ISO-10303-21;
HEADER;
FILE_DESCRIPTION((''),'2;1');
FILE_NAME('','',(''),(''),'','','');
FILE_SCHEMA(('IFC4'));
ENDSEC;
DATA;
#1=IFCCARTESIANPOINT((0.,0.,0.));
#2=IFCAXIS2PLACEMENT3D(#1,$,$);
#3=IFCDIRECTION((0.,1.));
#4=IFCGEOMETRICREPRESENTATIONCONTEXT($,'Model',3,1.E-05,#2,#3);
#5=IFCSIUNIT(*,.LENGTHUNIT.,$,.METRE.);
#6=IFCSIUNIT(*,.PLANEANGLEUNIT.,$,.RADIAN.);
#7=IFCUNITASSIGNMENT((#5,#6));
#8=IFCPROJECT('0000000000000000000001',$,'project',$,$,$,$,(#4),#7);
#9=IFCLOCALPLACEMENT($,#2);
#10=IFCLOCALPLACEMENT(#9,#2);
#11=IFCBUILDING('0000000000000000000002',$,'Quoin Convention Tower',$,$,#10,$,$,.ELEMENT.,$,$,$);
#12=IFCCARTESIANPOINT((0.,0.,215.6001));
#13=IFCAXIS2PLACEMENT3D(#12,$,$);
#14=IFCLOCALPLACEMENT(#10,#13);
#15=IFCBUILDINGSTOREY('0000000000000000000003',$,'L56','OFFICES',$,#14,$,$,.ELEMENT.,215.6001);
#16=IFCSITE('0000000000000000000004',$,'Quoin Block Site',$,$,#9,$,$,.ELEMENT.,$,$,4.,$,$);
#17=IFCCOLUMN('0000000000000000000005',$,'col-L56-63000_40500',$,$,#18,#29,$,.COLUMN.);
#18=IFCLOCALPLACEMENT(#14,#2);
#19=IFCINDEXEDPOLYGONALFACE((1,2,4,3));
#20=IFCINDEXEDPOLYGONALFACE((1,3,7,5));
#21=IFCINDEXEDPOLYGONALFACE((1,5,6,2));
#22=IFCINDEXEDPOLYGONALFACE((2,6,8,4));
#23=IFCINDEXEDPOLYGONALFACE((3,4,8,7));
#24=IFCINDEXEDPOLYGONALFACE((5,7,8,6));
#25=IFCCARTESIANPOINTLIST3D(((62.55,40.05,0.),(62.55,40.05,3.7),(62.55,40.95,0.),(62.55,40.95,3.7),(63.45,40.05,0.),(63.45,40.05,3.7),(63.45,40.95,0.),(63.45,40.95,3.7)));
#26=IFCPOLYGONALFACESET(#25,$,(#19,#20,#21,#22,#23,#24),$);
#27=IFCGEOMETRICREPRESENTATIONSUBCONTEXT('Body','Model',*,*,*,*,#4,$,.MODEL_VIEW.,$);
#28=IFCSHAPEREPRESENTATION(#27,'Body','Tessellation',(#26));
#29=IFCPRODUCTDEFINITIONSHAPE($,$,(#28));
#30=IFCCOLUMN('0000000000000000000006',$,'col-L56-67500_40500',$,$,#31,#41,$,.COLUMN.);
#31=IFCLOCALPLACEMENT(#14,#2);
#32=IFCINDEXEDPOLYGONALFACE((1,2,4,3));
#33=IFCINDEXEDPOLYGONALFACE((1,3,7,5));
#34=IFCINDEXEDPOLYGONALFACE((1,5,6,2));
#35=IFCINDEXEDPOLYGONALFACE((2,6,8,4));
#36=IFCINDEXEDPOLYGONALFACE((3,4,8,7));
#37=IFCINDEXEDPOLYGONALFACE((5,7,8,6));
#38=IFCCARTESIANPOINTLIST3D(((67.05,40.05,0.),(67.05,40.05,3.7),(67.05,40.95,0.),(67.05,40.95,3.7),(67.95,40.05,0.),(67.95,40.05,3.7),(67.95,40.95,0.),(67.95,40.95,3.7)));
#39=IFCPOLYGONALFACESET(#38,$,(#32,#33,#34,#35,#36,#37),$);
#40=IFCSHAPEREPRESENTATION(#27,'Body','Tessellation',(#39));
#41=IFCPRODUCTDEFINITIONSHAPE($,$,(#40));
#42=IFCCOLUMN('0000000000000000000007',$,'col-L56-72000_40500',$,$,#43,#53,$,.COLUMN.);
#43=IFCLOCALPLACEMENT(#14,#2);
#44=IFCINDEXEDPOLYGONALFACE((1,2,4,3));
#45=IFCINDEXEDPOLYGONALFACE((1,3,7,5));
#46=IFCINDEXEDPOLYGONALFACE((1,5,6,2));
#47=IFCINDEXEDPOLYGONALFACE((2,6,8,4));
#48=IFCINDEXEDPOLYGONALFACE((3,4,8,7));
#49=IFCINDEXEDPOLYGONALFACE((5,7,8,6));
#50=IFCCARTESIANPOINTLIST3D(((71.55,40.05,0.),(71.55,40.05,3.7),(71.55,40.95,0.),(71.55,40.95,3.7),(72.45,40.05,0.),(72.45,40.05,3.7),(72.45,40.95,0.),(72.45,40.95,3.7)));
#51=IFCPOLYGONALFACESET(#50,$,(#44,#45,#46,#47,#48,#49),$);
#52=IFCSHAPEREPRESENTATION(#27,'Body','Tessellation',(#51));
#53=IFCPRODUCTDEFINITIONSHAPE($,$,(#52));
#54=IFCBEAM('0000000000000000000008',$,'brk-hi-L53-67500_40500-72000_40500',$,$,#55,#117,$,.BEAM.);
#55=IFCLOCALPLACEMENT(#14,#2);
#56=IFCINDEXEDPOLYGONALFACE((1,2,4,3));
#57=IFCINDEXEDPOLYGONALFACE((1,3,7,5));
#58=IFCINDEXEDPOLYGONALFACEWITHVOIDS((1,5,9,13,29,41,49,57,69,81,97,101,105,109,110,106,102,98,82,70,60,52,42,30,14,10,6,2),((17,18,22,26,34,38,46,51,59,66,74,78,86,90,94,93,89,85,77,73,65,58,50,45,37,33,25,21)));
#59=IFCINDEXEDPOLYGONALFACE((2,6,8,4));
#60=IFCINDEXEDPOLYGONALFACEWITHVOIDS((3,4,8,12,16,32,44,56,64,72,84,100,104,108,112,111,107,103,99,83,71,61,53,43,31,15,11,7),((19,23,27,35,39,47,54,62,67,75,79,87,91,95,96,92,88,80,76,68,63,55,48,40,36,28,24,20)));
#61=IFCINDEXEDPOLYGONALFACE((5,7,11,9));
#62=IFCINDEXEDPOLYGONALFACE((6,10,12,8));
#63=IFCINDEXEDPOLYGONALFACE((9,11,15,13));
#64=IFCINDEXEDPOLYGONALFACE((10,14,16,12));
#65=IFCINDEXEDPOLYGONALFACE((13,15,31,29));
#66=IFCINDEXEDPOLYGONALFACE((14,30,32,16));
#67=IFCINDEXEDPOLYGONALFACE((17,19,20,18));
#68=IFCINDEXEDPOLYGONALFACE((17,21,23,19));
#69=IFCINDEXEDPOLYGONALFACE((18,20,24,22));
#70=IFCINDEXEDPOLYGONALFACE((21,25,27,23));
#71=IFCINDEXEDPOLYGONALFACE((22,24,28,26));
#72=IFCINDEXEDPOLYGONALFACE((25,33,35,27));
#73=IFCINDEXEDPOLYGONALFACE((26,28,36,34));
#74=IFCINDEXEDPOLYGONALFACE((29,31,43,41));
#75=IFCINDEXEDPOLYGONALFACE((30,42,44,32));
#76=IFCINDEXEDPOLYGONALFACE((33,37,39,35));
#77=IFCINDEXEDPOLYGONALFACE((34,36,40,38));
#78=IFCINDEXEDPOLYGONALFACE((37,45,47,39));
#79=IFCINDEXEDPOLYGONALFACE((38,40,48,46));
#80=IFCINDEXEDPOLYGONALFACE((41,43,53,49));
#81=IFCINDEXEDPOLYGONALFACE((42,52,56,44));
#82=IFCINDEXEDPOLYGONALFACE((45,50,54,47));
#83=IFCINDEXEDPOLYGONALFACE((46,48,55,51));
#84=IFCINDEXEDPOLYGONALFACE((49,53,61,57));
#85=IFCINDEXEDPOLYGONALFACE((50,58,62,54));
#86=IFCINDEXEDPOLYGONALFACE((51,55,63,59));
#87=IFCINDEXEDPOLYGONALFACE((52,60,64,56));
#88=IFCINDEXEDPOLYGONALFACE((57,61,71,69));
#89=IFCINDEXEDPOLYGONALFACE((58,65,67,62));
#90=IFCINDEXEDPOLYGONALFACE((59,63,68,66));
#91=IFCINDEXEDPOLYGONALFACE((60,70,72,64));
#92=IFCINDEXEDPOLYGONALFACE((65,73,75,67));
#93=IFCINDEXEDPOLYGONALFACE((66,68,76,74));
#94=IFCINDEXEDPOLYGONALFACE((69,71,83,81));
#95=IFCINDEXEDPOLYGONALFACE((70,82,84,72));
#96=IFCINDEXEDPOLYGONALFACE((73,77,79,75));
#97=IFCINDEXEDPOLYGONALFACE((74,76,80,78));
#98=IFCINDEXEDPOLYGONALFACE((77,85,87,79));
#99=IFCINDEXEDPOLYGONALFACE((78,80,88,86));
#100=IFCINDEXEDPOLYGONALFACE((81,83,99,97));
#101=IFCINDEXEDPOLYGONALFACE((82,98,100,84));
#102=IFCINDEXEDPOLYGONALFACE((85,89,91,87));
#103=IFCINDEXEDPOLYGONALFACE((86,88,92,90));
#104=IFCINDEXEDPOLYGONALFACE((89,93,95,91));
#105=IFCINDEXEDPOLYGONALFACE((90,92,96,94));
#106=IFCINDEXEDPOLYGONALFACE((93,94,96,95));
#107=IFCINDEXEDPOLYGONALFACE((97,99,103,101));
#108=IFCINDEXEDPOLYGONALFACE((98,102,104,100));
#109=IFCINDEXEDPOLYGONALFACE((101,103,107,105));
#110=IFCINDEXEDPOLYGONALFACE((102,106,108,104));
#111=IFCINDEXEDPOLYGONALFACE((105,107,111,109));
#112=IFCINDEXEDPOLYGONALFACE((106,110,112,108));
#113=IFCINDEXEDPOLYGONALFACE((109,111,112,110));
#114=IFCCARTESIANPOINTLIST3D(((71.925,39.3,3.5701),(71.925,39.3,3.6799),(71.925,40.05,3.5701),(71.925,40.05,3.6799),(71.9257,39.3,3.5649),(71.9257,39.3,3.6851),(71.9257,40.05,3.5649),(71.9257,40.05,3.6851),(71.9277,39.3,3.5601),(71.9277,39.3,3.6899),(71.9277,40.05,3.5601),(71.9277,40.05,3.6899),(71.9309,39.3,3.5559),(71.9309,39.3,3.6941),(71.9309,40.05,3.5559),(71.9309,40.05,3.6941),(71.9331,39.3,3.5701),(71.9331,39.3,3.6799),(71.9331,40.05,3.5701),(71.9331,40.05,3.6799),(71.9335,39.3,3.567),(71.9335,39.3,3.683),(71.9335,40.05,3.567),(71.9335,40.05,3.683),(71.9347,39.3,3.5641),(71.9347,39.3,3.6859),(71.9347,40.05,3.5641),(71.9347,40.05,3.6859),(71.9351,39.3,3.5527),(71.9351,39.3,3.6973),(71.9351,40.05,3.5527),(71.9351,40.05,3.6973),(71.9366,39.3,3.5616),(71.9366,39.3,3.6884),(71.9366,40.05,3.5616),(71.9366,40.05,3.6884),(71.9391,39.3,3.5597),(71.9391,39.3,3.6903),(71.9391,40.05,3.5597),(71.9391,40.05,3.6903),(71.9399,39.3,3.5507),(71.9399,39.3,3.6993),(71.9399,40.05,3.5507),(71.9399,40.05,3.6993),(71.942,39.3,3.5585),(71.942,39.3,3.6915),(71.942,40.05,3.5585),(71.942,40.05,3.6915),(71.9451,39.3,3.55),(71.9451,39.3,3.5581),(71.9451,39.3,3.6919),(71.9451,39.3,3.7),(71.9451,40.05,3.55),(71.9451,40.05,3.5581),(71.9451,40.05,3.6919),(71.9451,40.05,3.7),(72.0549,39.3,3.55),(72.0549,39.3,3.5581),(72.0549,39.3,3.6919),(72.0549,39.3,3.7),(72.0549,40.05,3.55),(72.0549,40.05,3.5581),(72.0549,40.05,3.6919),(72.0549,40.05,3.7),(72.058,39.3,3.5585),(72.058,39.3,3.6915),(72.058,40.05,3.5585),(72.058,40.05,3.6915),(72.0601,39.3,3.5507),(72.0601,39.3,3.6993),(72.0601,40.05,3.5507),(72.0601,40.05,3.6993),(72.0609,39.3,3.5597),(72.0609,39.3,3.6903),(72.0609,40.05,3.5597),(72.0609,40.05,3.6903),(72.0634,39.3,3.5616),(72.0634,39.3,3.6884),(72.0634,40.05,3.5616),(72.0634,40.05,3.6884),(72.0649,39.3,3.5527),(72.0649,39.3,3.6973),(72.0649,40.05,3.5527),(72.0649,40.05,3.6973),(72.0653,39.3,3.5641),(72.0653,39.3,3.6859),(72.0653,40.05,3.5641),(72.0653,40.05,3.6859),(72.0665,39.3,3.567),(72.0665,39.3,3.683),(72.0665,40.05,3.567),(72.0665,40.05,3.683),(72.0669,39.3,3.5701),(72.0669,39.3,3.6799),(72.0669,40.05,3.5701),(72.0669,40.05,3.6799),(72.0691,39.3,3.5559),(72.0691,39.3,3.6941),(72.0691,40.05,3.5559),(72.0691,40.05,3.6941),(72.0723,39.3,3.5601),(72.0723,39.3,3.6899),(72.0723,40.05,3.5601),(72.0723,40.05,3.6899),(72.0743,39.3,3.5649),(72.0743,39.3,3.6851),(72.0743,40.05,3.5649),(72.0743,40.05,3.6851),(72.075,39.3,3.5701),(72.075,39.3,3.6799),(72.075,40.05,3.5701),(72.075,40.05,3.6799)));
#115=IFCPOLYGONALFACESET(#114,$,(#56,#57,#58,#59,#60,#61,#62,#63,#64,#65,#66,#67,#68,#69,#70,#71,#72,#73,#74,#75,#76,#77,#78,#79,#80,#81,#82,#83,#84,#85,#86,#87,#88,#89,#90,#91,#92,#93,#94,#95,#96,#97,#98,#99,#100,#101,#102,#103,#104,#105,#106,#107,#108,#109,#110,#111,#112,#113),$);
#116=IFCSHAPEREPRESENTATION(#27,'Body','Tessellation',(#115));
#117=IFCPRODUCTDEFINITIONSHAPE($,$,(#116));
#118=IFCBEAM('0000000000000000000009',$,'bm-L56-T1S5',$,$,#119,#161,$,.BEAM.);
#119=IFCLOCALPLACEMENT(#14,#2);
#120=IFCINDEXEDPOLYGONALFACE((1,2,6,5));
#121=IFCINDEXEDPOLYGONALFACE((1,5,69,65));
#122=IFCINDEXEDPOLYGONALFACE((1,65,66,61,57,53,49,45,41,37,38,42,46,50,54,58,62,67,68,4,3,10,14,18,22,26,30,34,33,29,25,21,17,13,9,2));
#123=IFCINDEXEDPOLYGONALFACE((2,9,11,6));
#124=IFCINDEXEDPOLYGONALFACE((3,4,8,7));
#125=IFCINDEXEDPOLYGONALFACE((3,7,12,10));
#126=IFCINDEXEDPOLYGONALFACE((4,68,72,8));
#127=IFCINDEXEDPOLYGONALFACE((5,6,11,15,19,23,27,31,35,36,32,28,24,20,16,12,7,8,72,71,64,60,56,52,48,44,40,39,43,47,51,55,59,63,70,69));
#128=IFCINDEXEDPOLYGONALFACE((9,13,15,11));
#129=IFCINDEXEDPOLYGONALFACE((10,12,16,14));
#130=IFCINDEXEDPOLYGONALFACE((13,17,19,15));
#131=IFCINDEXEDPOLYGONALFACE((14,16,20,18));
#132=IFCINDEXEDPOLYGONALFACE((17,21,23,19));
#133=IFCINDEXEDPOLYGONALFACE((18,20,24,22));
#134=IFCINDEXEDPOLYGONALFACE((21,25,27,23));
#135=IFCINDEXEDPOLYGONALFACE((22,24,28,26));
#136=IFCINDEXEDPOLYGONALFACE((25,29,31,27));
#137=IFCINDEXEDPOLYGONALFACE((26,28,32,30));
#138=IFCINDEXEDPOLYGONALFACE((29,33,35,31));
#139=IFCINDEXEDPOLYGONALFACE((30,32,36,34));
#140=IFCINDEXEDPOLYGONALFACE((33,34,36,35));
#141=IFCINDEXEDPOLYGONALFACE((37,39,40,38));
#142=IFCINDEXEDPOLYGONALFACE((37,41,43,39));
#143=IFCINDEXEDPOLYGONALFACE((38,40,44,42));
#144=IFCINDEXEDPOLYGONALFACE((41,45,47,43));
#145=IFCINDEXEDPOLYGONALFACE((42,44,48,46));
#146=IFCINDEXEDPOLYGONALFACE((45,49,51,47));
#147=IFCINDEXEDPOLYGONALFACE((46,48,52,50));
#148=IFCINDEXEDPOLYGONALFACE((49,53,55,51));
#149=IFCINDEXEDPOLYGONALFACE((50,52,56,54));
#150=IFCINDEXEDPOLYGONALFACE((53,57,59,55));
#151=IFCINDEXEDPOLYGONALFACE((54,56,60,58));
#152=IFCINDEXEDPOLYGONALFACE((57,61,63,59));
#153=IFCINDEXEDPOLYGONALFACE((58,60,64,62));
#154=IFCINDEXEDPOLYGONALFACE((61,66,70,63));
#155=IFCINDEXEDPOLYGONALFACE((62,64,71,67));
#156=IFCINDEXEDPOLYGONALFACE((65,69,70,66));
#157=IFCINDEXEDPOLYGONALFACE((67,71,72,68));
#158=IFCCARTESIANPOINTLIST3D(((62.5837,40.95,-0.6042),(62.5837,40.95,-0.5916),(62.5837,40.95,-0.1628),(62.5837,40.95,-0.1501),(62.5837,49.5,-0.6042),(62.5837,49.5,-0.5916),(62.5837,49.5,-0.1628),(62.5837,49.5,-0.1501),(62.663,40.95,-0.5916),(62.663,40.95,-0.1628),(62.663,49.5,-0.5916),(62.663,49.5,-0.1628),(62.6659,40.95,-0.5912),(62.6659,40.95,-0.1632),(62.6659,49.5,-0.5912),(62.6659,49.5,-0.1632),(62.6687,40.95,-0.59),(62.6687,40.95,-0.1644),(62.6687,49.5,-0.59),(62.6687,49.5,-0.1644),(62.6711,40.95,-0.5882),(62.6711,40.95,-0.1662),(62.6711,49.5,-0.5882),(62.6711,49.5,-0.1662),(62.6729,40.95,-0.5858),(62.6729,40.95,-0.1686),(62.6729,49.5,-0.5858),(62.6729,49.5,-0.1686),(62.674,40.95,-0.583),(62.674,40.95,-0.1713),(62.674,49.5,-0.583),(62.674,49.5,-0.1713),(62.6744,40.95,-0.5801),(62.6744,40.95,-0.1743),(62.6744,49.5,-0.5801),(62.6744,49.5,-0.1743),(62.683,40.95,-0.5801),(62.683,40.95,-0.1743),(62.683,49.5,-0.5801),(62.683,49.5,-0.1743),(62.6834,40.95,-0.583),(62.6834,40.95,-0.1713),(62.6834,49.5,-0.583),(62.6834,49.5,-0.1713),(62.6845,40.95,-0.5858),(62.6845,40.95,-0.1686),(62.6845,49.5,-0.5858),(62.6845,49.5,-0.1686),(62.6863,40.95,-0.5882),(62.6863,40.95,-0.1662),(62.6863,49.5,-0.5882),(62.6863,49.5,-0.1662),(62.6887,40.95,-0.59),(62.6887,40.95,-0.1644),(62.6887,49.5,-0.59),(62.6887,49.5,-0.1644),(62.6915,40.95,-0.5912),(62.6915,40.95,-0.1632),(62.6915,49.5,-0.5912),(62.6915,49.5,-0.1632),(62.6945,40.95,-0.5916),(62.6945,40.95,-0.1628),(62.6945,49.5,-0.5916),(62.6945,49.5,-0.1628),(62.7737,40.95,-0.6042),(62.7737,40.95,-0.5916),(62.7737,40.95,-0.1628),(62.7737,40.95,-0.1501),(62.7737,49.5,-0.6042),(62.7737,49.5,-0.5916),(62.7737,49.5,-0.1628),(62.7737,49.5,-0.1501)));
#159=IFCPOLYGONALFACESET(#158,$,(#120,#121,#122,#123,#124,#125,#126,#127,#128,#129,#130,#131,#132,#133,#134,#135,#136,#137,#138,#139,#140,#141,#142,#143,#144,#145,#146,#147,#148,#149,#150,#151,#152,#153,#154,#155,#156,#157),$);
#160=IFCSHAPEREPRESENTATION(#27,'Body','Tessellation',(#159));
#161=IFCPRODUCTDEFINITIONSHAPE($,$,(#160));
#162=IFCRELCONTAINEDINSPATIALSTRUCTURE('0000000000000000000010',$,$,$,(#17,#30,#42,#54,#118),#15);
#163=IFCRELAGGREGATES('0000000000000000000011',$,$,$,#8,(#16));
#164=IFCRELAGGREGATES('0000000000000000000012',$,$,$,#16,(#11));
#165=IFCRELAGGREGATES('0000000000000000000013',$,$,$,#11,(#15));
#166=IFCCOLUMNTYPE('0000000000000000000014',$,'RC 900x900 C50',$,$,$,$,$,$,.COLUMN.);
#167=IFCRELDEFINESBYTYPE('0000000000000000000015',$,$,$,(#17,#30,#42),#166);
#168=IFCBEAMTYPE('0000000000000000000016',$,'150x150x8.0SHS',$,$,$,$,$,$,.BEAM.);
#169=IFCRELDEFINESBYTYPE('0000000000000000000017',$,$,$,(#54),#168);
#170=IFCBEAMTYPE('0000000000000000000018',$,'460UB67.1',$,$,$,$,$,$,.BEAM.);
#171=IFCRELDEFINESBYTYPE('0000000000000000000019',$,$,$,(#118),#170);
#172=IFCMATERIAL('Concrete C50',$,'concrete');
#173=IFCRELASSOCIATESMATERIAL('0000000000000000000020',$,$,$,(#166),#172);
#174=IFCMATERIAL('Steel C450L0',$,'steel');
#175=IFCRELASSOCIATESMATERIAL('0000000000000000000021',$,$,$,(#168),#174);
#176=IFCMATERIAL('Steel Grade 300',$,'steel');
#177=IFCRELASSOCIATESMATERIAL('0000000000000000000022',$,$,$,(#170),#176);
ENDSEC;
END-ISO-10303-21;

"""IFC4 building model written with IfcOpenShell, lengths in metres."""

from ifc_helpers import new_model, si_unit, direction, frame, origin, origin_2d, place, context, subcontext, project, spatial, rectangle, hollow_rectangle, i_section, extrude, material, material_profile, profile_set, type_object, element, save


model = new_model("IFC4")

# Units and contexts
model_context = context("Model", 3, precision=1e-05, world=origin(), true_north=direction((0.0, 1.0)))
body_context = subcontext(model_context, "Body", "Model", "MODEL_VIEW")
ifc_project = project(units=[si_unit("LENGTHUNIT", "METRE"), si_unit("PLANEANGLEUNIT", "RADIAN")], contexts=[model_context])

# Site, building, storey
site_placement = place(None, origin())
site = spatial("IfcSite", under=ifc_project, at=site_placement, Name="Quoin Block Site", CompositionType="ELEMENT", RefElevation=4.0)
building_placement = place(site_placement, origin())
building = spatial("IfcBuilding", under=site, at=building_placement, Name="Quoin Convention Tower", CompositionType="ELEMENT")
storey_placement = place(building_placement, frame((0.0, 0.0, 215.6001)))
storey = spatial("IfcBuildingStorey", under=building, at=storey_placement, Name="L56", Description="OFFICES", CompositionType="ELEMENT", Elevation=215.6001)

# Columns
ifc_material_1 = material(Name="Concrete C50", Category="concrete")
ifc_material_profile_1 = material_profile(ifc_material_1, rectangle(XDim=0.8999, YDim=0.8999, at=origin_2d()), Name="RC 900x900")
ifc_profile_set_1 = profile_set([ifc_material_profile_1], Name="Concrete C50")
column_type = type_object("IfcColumnType", Name="RC 900x900 C50", PredefinedType="COLUMN", material=ifc_profile_set_1)
for number, where, z_axis, x_axis, name in (
    (1, (63.0, 40.5, 0.0), (0.0, 0.0, 1.0), (1.0, 0.0, 0.0), "col-L56-63000_40500"),
    (2, (67.5, 40.5, 0.0), (0.0, 0.0, 1.0), (1.0, 0.0, 0.0), "col-L56-67500_40500"),
    (3, (72.0, 40.5, 0.0), (0.0, 0.0, 1.0), (1.0, 0.0, 0.0), "col-L56-72000_40500"),
):
    element("IfcColumn", number, at=place(storey_placement, frame(where, z_axis=z_axis, x_axis=x_axis)), inside=storey, type_object=column_type, Name=name, PredefinedType="COLUMN", context=body_context, shape_type="SweptSolid", body=[
        extrude(rectangle(XDim=0.8999, YDim=0.8999, at=origin_2d()), origin(), (0.0, 0.0, 1.0), 3.7),
    ])

# Beams
ifc_material_2 = material(Name="Steel C450L0", Category="steel")
ifc_material_profile_2 = material_profile(ifc_material_2, hollow_rectangle(XDim=0.1499, YDim=0.1499, WallThickness=0.0081, InnerFilletRadius=0.012, OuterFilletRadius=0.02, at=origin_2d()), Name="150x150x8.0SHS")
ifc_profile_set_2 = profile_set([ifc_material_profile_2], Name="Steel C450L0")
beam_type_1 = type_object("IfcBeamType", Name="150x150x8.0SHS", PredefinedType="BEAM", material=ifc_profile_set_2)
beam_1_placement = place(storey_placement, frame((72.0, 40.05, 3.625), z_axis=(0.0, -1.0, 0.0), x_axis=(1.0, 0.0, 0.0)))
element("IfcBeam", 4, at=beam_1_placement, inside=storey, type_object=beam_type_1, Name="brk-hi-L53-67500_40500-72000_40500", PredefinedType="BEAM", context=body_context, shape_type="SweptSolid", body=[
    extrude(hollow_rectangle(XDim=0.1499, YDim=0.1499, WallThickness=0.0081, InnerFilletRadius=0.012, OuterFilletRadius=0.02, at=origin_2d()), origin(), (0.0, 0.0, 1.0), 0.75),
])
ifc_material_3 = material(Name="Steel Grade 300", Category="steel")
ifc_material_profile_3 = material_profile(ifc_material_3, i_section(OverallWidth=0.1899, OverallDepth=0.4541, WebThickness=0.0085, FlangeThickness=0.0127, FilletRadius=0.0115, at=origin_2d()), Name="460UB67.1")
ifc_profile_set_3 = profile_set([ifc_material_profile_3], Name="Steel Grade 300")
beam_type_2 = type_object("IfcBeamType", Name="460UB67.1", PredefinedType="BEAM", material=ifc_profile_set_3)
beam_2_placement = place(storey_placement, frame((62.6787, 40.95, -0.3772), z_axis=(0.0, 1.0, 0.0), x_axis=(-1.0, 0.0, 0.0)))
element("IfcBeam", 5, at=beam_2_placement, inside=storey, type_object=beam_type_2, Name="bm-L56-T1S5", PredefinedType="BEAM", context=body_context, shape_type="SweptSolid", body=[
    extrude(i_section(OverallWidth=0.1899, OverallDepth=0.4541, WebThickness=0.0085, FlangeThickness=0.0127, FilletRadius=0.0115, at=origin_2d()), origin(), (0.0, 0.0, 1.0), 8.55),
])

save(model, "model.ifc")
